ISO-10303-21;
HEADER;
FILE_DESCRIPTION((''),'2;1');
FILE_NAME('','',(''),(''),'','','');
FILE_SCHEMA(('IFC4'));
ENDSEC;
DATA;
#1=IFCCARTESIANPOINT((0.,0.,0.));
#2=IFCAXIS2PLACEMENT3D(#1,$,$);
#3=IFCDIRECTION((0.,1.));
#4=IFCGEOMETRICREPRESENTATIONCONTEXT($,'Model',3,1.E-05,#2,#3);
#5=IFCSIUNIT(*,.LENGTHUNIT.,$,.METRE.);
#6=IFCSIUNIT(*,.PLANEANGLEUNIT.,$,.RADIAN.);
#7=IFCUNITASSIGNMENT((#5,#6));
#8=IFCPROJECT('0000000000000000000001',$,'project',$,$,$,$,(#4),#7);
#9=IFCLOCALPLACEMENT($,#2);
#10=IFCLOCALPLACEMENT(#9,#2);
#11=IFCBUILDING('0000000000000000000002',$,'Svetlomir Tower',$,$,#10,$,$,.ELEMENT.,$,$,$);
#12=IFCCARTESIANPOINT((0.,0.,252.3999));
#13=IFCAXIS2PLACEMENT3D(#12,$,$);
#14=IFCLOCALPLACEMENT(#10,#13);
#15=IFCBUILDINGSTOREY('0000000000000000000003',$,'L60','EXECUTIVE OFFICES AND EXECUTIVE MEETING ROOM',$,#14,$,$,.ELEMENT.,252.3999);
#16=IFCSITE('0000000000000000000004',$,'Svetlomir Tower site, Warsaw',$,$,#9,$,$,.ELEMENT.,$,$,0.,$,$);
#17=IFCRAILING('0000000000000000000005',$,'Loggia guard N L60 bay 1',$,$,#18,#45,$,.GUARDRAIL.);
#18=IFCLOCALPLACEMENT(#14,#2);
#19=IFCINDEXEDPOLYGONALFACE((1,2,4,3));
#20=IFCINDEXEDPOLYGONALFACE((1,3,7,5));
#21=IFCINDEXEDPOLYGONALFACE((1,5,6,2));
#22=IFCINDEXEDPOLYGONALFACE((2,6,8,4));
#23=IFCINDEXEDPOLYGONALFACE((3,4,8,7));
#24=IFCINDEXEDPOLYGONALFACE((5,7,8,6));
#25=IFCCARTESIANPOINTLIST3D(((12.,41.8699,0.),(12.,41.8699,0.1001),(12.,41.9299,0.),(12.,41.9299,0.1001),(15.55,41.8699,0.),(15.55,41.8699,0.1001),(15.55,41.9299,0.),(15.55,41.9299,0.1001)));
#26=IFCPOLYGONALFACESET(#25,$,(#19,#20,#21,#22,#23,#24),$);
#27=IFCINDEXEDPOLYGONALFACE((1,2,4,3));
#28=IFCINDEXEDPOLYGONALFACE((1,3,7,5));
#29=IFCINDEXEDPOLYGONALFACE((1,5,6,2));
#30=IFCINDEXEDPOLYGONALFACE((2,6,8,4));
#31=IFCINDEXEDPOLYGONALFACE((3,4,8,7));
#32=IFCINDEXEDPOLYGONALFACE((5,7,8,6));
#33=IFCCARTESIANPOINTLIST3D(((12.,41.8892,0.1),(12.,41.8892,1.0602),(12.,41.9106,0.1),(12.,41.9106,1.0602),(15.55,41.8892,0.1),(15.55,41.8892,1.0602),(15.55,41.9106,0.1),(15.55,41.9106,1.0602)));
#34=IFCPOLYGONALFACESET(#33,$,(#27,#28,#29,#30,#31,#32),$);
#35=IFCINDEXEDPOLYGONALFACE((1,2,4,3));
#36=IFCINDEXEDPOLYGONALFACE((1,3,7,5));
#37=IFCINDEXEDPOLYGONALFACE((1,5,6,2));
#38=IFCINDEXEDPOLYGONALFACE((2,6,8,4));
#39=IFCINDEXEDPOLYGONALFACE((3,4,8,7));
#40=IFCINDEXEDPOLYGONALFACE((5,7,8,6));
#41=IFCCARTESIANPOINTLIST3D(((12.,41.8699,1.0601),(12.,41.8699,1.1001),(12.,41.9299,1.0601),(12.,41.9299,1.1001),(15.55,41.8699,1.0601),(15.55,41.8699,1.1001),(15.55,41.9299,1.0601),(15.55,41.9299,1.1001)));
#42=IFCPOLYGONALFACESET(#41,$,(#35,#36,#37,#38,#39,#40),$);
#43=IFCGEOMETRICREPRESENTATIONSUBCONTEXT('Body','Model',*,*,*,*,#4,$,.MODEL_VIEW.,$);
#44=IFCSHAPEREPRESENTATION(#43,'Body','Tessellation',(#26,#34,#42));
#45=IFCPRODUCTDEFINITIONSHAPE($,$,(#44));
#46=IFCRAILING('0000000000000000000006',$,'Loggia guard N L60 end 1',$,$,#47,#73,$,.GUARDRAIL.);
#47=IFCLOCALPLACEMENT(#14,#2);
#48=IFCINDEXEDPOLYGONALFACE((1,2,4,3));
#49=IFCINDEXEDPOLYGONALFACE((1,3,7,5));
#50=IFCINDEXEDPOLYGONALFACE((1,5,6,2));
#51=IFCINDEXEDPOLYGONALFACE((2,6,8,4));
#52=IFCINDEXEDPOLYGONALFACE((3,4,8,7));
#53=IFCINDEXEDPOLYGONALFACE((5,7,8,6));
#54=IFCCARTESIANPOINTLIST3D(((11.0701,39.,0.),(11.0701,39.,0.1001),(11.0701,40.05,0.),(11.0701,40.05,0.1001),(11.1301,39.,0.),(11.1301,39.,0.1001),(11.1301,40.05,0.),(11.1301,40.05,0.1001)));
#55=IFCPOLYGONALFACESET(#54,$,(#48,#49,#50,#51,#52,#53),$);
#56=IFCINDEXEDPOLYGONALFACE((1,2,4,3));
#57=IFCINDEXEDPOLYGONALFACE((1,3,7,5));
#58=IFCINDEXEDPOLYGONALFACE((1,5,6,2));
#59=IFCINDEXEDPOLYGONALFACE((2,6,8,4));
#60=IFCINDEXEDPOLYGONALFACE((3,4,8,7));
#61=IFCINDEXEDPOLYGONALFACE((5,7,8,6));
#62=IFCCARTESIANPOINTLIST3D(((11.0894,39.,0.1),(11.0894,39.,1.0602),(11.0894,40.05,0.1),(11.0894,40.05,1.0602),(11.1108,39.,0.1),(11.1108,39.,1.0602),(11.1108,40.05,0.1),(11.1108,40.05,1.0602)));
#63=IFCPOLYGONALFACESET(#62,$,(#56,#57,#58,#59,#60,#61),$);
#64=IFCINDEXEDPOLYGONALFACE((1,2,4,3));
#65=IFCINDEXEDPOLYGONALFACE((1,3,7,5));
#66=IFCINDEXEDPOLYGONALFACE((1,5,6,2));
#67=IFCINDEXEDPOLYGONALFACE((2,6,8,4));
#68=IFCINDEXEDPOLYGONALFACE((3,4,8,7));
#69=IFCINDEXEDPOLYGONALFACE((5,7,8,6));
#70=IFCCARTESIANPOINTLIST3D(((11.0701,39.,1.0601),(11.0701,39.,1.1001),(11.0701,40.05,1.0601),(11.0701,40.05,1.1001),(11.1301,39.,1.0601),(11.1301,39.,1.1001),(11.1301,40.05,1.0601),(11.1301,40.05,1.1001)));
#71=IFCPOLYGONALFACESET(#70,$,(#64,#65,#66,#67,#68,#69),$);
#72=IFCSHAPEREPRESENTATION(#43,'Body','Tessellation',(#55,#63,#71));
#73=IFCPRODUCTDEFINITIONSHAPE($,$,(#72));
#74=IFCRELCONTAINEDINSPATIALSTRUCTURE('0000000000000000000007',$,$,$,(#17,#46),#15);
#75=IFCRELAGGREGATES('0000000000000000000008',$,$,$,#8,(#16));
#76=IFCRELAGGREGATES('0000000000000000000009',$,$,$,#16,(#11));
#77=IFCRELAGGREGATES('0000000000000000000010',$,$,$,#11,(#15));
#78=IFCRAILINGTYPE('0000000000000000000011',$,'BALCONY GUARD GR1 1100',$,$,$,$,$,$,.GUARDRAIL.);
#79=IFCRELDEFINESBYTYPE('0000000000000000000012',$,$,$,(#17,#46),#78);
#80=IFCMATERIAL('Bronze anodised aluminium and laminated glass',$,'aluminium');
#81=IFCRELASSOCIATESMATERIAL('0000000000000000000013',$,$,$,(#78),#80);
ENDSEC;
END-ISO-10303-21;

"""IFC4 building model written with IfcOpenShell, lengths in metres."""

from ifc_helpers import new_model, si_unit, direction, frame, origin, origin_2d, place, context, subcontext, project, spatial, rectangle, extrude, material, type_object, element, save


model = new_model("IFC4")

# Units and contexts
model_context = context("Model", 3, precision=1e-05, world=origin(), true_north=direction((0.0, 1.0)))
body_context = subcontext(model_context, "Body", "Model", "MODEL_VIEW")
ifc_project = project(units=[si_unit("LENGTHUNIT", "METRE"), si_unit("PLANEANGLEUNIT", "RADIAN")], contexts=[model_context])

# Site, building, storey
site_placement = place(None, origin())
site = spatial("IfcSite", under=ifc_project, at=site_placement, Name="Svetlomir Tower site, Warsaw", CompositionType="ELEMENT", RefElevation=0.0)
building_placement = place(site_placement, origin())
building = spatial("IfcBuilding", under=site, at=building_placement, Name="Svetlomir Tower", CompositionType="ELEMENT")
storey_placement = place(building_placement, frame((0.0, 0.0, 252.3999)))
storey = spatial("IfcBuildingStorey", under=building, at=storey_placement, Name="L60", Description="EXECUTIVE OFFICES AND EXECUTIVE MEETING ROOM", CompositionType="ELEMENT", Elevation=252.3999)

# Railings
ifc_material_1 = material(Name="Bronze anodised aluminium and laminated glass", Category="aluminium")
railing_type = type_object("IfcRailingType", Name="BALCONY GUARD GR1 1100", PredefinedType="GUARDRAIL", material=ifc_material_1)
railing_1_placement = place(storey_placement, frame((12.0, 41.8999, 0.0)))
element("IfcRailing", 1, at=railing_1_placement, inside=storey, type_object=railing_type, Name="Loggia guard N L60 bay 1", PredefinedType="GUARDRAIL", context=body_context, shape_type="SweptSolid", body=[
    extrude(rectangle(XDim=0.0601, YDim=0.1001, at=origin_2d()), frame((0.0, 0.0, 0.05), z_axis=(1.0, 0.0, 0.0), x_axis=(0.0, 1.0, 0.0)), (0.0, 0.0, 1.0), 3.55),
    extrude(rectangle(XDim=0.0215, YDim=0.9602, at=origin_2d()), frame((0.0, 0.0, 0.5801), z_axis=(1.0, 0.0, 0.0), x_axis=(0.0, 1.0, 0.0)), (0.0, 0.0, 1.0), 3.55),
    extrude(rectangle(XDim=0.0601, YDim=0.04, at=origin_2d()), frame((0.0, 0.0, 1.0801), z_axis=(1.0, 0.0, 0.0), x_axis=(0.0, 1.0, 0.0)), (0.0, 0.0, 1.0), 3.55),
])
railing_2_placement = place(storey_placement, frame((11.1001, 40.05, 0.0)))
element("IfcRailing", 2, at=railing_2_placement, inside=storey, type_object=railing_type, Name="Loggia guard N L60 end 1", PredefinedType="GUARDRAIL", context=body_context, shape_type="SweptSolid", body=[
    extrude(rectangle(XDim=0.0601, YDim=0.1001, at=origin_2d()), frame((0.0, 0.0, 0.05), z_axis=(0.0, -1.0, 0.0), x_axis=(1.0, 0.0, 0.0)), (0.0, 0.0, 1.0), 1.05),
    extrude(rectangle(XDim=0.0215, YDim=0.9602, at=origin_2d()), frame((0.0, 0.0, 0.5801), z_axis=(0.0, -1.0, 0.0), x_axis=(1.0, 0.0, 0.0)), (0.0, 0.0, 1.0), 1.05),
    extrude(rectangle(XDim=0.0601, YDim=0.04, at=origin_2d()), frame((0.0, 0.0, 1.0801), z_axis=(0.0, -1.0, 0.0), x_axis=(1.0, 0.0, 0.0)), (0.0, 0.0, 1.0), 1.05),
])

save(model, "model.ifc")
